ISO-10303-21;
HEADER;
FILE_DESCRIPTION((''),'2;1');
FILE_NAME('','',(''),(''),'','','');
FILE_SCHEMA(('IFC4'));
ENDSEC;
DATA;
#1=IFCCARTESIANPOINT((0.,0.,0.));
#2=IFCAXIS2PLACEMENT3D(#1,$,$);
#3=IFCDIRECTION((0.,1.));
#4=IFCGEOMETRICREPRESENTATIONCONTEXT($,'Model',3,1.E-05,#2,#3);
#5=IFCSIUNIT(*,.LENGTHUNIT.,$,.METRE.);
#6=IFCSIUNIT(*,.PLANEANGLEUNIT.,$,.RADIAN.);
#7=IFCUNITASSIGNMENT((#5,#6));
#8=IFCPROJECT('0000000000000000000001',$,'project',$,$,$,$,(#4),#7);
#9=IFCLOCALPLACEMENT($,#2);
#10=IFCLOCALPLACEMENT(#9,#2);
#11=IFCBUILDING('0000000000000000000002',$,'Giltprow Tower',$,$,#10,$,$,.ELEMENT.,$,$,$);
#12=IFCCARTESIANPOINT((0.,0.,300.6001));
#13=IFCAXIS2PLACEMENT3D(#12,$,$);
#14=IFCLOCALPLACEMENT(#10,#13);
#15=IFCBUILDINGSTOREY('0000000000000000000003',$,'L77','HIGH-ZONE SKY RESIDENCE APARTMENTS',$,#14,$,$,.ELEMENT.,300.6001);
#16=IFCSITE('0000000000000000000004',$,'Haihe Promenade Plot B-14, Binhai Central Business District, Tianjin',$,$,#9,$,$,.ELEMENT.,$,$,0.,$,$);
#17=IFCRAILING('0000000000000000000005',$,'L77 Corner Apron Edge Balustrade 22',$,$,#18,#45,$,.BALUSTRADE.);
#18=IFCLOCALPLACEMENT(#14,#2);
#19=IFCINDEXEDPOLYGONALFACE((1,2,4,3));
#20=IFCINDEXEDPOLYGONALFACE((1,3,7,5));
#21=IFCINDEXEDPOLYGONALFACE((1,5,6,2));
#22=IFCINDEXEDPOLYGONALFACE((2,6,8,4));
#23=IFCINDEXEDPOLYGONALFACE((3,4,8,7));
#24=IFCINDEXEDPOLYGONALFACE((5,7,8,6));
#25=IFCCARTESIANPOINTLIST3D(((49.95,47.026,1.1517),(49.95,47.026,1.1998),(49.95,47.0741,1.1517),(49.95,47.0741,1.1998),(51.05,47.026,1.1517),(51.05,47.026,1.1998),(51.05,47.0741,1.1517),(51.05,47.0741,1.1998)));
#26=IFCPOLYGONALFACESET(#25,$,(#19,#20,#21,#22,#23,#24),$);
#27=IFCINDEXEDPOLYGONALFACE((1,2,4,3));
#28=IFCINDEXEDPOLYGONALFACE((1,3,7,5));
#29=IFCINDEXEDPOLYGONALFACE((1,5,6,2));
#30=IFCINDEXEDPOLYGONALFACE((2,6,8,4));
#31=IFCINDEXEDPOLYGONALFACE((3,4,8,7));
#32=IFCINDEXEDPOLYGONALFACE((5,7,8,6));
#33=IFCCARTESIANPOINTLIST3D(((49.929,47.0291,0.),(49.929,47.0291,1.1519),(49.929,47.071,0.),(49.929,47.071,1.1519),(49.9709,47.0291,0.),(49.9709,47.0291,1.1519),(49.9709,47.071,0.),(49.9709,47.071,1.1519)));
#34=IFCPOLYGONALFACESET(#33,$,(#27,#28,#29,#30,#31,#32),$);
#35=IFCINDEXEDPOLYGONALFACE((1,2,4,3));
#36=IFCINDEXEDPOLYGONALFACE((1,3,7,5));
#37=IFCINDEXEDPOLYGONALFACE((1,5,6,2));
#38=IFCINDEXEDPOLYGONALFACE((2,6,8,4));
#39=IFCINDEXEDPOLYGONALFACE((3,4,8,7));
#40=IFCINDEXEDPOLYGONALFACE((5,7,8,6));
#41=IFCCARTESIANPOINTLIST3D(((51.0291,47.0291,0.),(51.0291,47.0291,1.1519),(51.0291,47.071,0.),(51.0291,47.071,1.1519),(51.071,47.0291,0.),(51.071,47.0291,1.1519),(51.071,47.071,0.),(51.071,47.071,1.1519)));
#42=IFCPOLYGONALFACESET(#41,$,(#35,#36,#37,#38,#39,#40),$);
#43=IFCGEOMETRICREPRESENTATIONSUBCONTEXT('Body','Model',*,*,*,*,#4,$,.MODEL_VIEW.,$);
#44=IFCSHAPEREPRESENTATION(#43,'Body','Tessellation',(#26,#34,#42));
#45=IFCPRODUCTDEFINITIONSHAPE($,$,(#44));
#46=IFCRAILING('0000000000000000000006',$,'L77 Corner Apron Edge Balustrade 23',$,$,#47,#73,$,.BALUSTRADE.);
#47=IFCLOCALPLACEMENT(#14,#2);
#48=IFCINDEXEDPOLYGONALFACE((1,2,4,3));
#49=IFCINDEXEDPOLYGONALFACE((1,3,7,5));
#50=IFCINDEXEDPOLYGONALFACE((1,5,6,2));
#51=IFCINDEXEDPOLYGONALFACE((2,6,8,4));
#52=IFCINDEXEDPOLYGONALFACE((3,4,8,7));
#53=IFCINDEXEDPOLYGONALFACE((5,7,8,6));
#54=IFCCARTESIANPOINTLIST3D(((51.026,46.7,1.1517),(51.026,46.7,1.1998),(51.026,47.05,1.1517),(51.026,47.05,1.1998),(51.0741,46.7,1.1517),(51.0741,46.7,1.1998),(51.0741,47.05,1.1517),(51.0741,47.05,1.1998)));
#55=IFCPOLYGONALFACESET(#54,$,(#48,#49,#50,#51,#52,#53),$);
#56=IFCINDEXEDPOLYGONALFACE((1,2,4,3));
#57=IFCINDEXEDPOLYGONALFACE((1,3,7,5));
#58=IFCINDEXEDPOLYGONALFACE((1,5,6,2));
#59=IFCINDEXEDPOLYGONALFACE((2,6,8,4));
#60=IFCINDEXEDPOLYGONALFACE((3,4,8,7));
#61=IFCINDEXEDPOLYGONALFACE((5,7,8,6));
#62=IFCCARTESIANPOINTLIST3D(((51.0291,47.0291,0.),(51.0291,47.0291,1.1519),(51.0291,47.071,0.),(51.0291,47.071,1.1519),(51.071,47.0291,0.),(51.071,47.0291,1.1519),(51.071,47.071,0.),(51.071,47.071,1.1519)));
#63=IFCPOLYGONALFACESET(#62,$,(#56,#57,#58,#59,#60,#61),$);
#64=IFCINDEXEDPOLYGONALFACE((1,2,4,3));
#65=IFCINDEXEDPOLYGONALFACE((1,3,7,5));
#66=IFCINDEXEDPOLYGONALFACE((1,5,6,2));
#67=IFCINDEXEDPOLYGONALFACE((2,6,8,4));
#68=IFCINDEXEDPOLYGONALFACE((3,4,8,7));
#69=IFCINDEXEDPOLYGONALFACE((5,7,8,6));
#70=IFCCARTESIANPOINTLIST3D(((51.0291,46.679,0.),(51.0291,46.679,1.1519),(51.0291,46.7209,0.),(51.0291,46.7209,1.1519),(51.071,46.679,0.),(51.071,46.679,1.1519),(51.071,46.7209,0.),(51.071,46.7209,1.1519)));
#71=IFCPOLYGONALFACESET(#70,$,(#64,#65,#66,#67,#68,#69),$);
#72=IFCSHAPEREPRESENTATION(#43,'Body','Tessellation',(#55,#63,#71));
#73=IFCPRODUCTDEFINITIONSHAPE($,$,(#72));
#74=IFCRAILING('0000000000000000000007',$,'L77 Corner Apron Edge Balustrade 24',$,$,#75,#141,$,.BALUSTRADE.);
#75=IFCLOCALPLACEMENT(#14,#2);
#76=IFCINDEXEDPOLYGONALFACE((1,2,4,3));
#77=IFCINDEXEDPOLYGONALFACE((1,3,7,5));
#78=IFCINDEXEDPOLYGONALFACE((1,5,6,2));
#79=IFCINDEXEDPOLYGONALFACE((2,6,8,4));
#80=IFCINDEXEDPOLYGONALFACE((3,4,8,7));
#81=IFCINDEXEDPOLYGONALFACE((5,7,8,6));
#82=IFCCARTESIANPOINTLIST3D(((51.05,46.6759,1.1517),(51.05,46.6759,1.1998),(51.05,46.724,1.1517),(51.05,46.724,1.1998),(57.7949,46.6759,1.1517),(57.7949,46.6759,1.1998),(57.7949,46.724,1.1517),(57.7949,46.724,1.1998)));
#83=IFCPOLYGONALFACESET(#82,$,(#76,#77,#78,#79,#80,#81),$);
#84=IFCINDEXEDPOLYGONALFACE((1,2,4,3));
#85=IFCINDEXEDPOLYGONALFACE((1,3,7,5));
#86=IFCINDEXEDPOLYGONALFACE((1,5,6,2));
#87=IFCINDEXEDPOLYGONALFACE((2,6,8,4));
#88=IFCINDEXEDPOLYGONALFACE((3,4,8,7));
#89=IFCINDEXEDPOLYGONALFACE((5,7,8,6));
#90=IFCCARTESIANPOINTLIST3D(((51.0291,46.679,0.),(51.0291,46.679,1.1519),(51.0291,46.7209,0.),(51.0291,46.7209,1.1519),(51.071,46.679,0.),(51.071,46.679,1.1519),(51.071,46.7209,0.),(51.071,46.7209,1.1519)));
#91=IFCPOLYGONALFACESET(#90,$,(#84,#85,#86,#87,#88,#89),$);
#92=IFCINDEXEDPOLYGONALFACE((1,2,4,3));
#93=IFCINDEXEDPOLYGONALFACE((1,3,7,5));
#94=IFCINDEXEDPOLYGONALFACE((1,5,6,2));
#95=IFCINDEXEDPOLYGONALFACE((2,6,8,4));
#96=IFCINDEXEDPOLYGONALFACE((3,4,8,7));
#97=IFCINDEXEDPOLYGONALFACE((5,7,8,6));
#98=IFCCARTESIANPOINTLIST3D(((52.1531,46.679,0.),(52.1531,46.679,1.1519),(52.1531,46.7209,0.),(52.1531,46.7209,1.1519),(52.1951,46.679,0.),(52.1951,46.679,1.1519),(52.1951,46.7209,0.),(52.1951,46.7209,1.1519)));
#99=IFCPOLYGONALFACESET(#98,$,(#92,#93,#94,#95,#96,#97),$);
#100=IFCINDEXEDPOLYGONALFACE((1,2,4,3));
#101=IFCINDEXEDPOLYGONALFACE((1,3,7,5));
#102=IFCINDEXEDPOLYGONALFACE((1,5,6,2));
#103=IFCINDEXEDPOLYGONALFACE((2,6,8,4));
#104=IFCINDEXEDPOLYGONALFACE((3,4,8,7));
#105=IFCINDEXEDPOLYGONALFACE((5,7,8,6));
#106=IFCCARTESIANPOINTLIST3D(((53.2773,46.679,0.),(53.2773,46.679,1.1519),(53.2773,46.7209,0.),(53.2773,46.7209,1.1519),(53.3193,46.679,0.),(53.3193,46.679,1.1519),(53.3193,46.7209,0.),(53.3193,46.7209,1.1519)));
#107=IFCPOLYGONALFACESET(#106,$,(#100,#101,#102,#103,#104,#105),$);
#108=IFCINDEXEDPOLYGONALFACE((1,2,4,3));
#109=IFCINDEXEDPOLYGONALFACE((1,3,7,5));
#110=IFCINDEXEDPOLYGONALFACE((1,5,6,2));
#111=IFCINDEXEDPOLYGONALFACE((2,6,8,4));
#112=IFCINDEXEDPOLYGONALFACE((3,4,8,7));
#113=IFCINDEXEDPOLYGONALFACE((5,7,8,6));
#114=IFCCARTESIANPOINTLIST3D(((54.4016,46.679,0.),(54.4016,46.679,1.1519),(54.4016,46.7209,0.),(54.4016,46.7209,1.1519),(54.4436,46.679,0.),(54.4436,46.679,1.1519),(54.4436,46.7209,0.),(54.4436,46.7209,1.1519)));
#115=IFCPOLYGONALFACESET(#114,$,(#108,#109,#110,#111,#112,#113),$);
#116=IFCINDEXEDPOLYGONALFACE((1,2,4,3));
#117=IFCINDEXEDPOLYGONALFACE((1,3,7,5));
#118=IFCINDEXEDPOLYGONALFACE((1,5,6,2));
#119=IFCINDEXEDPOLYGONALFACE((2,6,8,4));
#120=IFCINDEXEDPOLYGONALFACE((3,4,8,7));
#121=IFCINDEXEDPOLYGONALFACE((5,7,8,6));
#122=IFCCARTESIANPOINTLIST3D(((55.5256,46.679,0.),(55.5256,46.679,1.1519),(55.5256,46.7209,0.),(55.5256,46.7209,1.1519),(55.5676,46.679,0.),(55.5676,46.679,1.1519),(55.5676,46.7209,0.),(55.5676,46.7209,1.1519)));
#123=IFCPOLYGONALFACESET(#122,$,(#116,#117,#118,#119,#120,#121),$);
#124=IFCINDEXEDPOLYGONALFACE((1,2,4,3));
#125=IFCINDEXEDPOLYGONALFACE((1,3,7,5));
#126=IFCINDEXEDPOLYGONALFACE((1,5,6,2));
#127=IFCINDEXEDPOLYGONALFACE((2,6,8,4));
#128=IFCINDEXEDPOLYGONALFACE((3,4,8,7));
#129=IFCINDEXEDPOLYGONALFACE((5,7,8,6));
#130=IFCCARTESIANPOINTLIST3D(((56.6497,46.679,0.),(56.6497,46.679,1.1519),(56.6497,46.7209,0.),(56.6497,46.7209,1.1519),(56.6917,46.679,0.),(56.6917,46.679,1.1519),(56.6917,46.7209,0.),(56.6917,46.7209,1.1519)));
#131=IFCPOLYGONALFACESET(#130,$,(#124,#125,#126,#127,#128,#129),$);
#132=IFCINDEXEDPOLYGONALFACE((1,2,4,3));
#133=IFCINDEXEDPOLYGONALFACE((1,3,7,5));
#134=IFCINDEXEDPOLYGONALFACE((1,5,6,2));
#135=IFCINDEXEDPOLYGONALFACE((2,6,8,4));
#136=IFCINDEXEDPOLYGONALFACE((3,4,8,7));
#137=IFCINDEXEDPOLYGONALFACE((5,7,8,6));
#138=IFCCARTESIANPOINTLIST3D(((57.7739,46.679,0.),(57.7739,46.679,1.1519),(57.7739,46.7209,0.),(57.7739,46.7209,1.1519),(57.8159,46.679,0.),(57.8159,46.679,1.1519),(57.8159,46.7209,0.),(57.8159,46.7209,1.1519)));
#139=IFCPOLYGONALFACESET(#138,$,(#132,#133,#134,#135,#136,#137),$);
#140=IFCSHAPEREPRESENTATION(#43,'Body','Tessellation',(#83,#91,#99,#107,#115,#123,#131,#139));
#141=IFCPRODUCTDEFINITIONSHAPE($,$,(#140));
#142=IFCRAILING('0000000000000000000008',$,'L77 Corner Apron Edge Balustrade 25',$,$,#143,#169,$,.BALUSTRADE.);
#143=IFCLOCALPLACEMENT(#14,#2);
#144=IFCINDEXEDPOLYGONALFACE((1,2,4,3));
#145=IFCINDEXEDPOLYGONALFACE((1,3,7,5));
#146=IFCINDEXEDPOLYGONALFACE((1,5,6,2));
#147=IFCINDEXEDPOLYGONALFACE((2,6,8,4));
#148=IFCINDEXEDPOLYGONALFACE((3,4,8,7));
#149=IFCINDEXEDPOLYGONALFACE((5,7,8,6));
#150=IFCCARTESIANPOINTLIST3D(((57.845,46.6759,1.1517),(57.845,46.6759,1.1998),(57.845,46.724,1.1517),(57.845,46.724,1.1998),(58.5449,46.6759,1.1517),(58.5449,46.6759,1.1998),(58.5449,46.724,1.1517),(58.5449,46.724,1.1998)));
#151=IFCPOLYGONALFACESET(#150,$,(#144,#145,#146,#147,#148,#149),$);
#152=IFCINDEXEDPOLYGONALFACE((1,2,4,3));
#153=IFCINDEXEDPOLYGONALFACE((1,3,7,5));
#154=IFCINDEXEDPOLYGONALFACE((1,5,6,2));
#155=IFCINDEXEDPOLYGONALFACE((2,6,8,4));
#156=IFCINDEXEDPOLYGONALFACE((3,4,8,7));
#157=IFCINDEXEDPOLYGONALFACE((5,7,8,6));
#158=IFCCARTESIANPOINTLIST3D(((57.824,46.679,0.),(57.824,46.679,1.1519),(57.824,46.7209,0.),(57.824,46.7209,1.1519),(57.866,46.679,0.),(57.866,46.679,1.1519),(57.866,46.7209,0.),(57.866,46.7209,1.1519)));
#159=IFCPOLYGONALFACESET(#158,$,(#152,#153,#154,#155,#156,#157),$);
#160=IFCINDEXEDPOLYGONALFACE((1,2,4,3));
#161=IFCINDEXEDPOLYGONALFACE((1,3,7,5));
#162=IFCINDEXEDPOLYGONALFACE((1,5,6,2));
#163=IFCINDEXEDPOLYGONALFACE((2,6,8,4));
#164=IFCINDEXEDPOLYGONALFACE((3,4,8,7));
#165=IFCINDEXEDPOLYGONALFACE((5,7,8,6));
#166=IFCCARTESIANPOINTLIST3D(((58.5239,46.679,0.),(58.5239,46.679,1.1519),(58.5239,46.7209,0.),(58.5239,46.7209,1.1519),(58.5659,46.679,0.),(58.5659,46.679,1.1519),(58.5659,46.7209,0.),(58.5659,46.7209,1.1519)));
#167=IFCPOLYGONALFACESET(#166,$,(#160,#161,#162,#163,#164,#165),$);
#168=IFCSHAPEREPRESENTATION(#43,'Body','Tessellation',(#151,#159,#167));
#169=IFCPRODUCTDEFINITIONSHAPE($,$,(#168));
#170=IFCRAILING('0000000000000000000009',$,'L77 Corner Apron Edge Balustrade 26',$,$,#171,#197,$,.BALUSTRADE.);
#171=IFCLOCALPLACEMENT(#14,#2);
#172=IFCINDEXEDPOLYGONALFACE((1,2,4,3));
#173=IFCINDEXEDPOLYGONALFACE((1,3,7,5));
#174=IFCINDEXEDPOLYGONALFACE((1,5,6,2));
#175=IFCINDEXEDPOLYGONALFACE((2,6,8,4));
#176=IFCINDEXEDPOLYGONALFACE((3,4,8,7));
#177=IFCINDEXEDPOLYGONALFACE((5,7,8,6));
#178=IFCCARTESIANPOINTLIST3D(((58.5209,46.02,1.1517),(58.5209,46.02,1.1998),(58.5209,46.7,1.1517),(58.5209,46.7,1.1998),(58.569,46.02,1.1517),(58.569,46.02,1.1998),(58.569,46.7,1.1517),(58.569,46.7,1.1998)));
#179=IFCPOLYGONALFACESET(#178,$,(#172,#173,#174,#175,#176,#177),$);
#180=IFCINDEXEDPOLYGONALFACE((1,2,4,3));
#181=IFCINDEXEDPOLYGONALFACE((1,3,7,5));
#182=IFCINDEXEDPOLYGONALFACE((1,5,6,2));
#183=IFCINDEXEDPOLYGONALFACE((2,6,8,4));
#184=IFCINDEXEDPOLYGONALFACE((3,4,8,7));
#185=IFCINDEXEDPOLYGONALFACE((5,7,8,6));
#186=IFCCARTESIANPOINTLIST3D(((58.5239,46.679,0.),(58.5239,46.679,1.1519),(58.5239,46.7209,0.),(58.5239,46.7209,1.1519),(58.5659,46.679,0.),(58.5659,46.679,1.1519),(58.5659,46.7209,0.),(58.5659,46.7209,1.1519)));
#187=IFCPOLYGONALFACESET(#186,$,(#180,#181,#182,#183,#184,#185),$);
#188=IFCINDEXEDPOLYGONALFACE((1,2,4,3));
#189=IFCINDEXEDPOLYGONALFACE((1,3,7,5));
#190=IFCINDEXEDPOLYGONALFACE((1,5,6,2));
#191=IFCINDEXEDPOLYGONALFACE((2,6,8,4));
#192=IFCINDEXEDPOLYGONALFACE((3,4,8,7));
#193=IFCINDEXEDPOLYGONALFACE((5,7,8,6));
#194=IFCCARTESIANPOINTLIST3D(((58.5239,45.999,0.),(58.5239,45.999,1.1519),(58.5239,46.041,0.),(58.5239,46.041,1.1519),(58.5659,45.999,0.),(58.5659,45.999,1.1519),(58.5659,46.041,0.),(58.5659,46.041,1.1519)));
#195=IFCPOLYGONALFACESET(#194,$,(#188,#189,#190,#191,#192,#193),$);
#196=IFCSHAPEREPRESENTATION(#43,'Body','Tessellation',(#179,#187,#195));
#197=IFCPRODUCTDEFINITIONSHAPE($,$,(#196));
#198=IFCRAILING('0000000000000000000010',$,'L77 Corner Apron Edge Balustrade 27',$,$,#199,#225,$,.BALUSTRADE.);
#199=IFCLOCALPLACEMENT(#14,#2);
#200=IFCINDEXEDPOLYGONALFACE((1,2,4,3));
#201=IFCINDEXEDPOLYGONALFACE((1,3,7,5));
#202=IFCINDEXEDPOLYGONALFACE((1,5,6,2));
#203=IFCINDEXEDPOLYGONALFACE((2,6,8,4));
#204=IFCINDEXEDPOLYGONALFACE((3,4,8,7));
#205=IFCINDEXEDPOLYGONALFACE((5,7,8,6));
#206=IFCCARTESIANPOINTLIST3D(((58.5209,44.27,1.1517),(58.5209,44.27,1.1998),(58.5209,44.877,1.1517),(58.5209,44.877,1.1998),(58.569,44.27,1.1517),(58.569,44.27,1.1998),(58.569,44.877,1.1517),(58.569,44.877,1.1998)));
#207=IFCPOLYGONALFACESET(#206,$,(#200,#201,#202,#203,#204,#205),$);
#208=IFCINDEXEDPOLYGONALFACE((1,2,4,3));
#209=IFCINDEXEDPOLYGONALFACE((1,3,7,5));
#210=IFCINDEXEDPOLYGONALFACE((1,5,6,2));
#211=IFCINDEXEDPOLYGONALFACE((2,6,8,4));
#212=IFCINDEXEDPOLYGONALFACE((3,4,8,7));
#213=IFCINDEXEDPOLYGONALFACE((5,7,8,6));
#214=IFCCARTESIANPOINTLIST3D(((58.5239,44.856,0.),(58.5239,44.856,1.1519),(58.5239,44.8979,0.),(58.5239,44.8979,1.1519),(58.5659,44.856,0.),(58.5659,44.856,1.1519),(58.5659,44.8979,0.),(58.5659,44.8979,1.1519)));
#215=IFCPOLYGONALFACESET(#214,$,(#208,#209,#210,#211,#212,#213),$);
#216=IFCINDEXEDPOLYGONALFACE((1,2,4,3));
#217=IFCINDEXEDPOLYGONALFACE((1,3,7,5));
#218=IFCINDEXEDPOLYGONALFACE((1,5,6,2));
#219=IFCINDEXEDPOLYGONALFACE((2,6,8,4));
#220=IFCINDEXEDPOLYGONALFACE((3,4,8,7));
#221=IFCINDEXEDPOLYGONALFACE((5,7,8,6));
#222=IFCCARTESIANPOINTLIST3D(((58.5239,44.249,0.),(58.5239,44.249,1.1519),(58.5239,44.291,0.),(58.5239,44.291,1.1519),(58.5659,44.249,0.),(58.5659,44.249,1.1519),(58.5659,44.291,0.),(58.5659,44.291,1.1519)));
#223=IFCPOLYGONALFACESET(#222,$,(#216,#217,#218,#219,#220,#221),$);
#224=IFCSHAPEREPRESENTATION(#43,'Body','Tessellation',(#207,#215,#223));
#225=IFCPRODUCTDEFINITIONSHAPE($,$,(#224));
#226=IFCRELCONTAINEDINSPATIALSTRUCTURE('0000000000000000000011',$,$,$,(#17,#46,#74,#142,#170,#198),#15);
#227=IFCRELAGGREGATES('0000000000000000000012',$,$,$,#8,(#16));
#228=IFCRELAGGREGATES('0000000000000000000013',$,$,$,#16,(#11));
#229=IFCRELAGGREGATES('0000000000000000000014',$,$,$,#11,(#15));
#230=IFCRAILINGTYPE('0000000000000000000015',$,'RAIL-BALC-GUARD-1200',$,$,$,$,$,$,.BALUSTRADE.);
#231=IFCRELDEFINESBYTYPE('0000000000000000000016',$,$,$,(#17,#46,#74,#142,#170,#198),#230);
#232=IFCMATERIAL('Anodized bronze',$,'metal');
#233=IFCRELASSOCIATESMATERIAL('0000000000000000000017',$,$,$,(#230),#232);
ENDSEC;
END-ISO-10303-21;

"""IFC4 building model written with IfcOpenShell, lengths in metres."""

from ifc_helpers import new_model, si_unit, direction, frame, origin, origin_2d, place, context, subcontext, project, spatial, rectangle, extrude, material, type_object, element, save


model = new_model("IFC4")

# Units and contexts
model_context = context("Model", 3, precision=1e-05, world=origin(), true_north=direction((0.0, 1.0)))
body_context = subcontext(model_context, "Body", "Model", "MODEL_VIEW")
ifc_project = project(units=[si_unit("LENGTHUNIT", "METRE"), si_unit("PLANEANGLEUNIT", "RADIAN")], contexts=[model_context])

# Site, building, storey
site_placement = place(None, origin())
site = spatial("IfcSite", under=ifc_project, at=site_placement, Name="Haihe Promenade Plot B-14, Binhai Central Business District, Tianjin", CompositionType="ELEMENT", RefElevation=0.0)
building_placement = place(site_placement, origin())
building = spatial("IfcBuilding", under=site, at=building_placement, Name="Giltprow Tower", CompositionType="ELEMENT")
storey_placement = place(building_placement, frame((0.0, 0.0, 300.6001)))
storey = spatial("IfcBuildingStorey", under=building, at=storey_placement, Name="L77", Description="HIGH-ZONE SKY RESIDENCE APARTMENTS", CompositionType="ELEMENT", Elevation=300.6001)

# Railings
ifc_material_1 = material(Name="Anodized bronze", Category="metal")
railing_type = type_object("IfcRailingType", Name="RAIL-BALC-GUARD-1200", PredefinedType="BALUSTRADE", material=ifc_material_1)
railing_1_placement = place(storey_placement, frame((49.95, 47.05, 0.0)))
element("IfcRailing", 1, at=railing_1_placement, inside=storey, type_object=railing_type, Name="L77 Corner Apron Edge Balustrade 22", PredefinedType="BALUSTRADE", context=body_context, shape_type="SweptSolid", body=[
    extrude(rectangle(XDim=0.0481, YDim=0.0481, at=origin_2d()), frame((0.0, 0.0, 1.1758), z_axis=(1.0, 0.0, 0.0), x_axis=(0.0, 1.0, 0.0)), (0.0, 0.0, 1.0), 1.1001),
    extrude(rectangle(XDim=0.042, YDim=0.042, at=origin_2d()), origin(), (0.0, 0.0, 1.0), 1.1519),
    extrude(rectangle(XDim=0.042, YDim=0.042, at=origin_2d()), frame((1.1001, 0.0, 0.0)), (0.0, 0.0, 1.0), 1.1519),
])
railing_2_placement = place(storey_placement, frame((51.05, 47.05, 0.0)))
element("IfcRailing", 2, at=railing_2_placement, inside=storey, type_object=railing_type, Name="L77 Corner Apron Edge Balustrade 23", PredefinedType="BALUSTRADE", context=body_context, shape_type="SweptSolid", body=[
    extrude(rectangle(XDim=0.0481, YDim=0.0481, at=origin_2d()), frame((0.0, 0.0, 1.1758), z_axis=(0.0, -1.0, 0.0), x_axis=(1.0, 0.0, 0.0)), (0.0, 0.0, 1.0), 0.3501),
    extrude(rectangle(XDim=0.042, YDim=0.042, at=origin_2d()), origin(), (0.0, 0.0, 1.0), 1.1519),
    extrude(rectangle(XDim=0.042, YDim=0.042, at=origin_2d()), frame((0.0, -0.3501, 0.0)), (0.0, 0.0, 1.0), 1.1519),
])
railing_3_placement = place(storey_placement, frame((51.05, 46.7, 0.0)))
element("IfcRailing", 3, at=railing_3_placement, inside=storey, type_object=railing_type, Name="L77 Corner Apron Edge Balustrade 24", PredefinedType="BALUSTRADE", context=body_context, shape_type="SweptSolid", body=[
    extrude(rectangle(XDim=0.0481, YDim=0.0481, at=origin_2d()), frame((0.0, 0.0, 1.1758), z_axis=(1.0, 0.0, 0.0), x_axis=(0.0, 1.0, 0.0)), (0.0, 0.0, 1.0), 6.7449),
    extrude(rectangle(XDim=0.042, YDim=0.042, at=origin_2d()), origin(), (0.0, 0.0, 1.0), 1.1519),
    extrude(rectangle(XDim=0.042, YDim=0.042, at=origin_2d()), frame((1.124, 0.0, 0.0)), (0.0, 0.0, 1.0), 1.1519),
    extrude(rectangle(XDim=0.042, YDim=0.042, at=origin_2d()), frame((2.2483, 0.0, 0.0)), (0.0, 0.0, 1.0), 1.1519),
    extrude(rectangle(XDim=0.042, YDim=0.042, at=origin_2d()), frame((3.3726, 0.0, 0.0)), (0.0, 0.0, 1.0), 1.1519),
    extrude(rectangle(XDim=0.042, YDim=0.042, at=origin_2d()), frame((4.4966, 0.0, 0.0)), (0.0, 0.0, 1.0), 1.1519),
    extrude(rectangle(XDim=0.042, YDim=0.042, at=origin_2d()), frame((5.6206, 0.0, 0.0)), (0.0, 0.0, 1.0), 1.1519),
    extrude(rectangle(XDim=0.042, YDim=0.042, at=origin_2d()), frame((6.7449, 0.0, 0.0)), (0.0, 0.0, 1.0), 1.1519),
])
railing_4_placement = place(storey_placement, frame((57.845, 46.7, 0.0)))
element("IfcRailing", 4, at=railing_4_placement, inside=storey, type_object=railing_type, Name="L77 Corner Apron Edge Balustrade 25", PredefinedType="BALUSTRADE", context=body_context, shape_type="SweptSolid", body=[
    extrude(rectangle(XDim=0.0481, YDim=0.0481, at=origin_2d()), frame((0.0, 0.0, 1.1758), z_axis=(1.0, 0.0, 0.0), x_axis=(0.0, 1.0, 0.0)), (0.0, 0.0, 1.0), 0.7),
    extrude(rectangle(XDim=0.042, YDim=0.042, at=origin_2d()), origin(), (0.0, 0.0, 1.0), 1.1519),
    extrude(rectangle(XDim=0.042, YDim=0.042, at=origin_2d()), frame((0.7, 0.0, 0.0)), (0.0, 0.0, 1.0), 1.1519),
])
railing_5_placement = place(storey_placement, frame((58.5449, 46.7, 0.0)))
element("IfcRailing", 5, at=railing_5_placement, inside=storey, type_object=railing_type, Name="L77 Corner Apron Edge Balustrade 26", PredefinedType="BALUSTRADE", context=body_context, shape_type="SweptSolid", body=[
    extrude(rectangle(XDim=0.0481, YDim=0.0481, at=origin_2d()), frame((0.0, 0.0, 1.1758), z_axis=(0.0, -1.0, 0.0), x_axis=(1.0, 0.0, 0.0)), (0.0, 0.0, 1.0), 0.6799),
    extrude(rectangle(XDim=0.042, YDim=0.042, at=origin_2d()), origin(), (0.0, 0.0, 1.0), 1.1519),
    extrude(rectangle(XDim=0.042, YDim=0.042, at=origin_2d()), frame((0.0, -0.6799, 0.0)), (0.0, 0.0, 1.0), 1.1519),
])
railing_6_placement = place(storey_placement, frame((58.5449, 44.877, 0.0)))
element("IfcRailing", 6, at=railing_6_placement, inside=storey, type_object=railing_type, Name="L77 Corner Apron Edge Balustrade 27", PredefinedType="BALUSTRADE", context=body_context, shape_type="SweptSolid", body=[
    extrude(rectangle(XDim=0.0481, YDim=0.0481, at=origin_2d()), frame((0.0, 0.0, 1.1758), z_axis=(0.0, -1.0, 0.0), x_axis=(1.0, 0.0, 0.0)), (0.0, 0.0, 1.0), 0.6069),
    extrude(rectangle(XDim=0.042, YDim=0.042, at=origin_2d()), origin(), (0.0, 0.0, 1.0), 1.1519),
    extrude(rectangle(XDim=0.042, YDim=0.042, at=origin_2d()), frame((0.0, -0.6069, 0.0)), (0.0, 0.0, 1.0), 1.1519),
])

save(model, "model.ifc")
